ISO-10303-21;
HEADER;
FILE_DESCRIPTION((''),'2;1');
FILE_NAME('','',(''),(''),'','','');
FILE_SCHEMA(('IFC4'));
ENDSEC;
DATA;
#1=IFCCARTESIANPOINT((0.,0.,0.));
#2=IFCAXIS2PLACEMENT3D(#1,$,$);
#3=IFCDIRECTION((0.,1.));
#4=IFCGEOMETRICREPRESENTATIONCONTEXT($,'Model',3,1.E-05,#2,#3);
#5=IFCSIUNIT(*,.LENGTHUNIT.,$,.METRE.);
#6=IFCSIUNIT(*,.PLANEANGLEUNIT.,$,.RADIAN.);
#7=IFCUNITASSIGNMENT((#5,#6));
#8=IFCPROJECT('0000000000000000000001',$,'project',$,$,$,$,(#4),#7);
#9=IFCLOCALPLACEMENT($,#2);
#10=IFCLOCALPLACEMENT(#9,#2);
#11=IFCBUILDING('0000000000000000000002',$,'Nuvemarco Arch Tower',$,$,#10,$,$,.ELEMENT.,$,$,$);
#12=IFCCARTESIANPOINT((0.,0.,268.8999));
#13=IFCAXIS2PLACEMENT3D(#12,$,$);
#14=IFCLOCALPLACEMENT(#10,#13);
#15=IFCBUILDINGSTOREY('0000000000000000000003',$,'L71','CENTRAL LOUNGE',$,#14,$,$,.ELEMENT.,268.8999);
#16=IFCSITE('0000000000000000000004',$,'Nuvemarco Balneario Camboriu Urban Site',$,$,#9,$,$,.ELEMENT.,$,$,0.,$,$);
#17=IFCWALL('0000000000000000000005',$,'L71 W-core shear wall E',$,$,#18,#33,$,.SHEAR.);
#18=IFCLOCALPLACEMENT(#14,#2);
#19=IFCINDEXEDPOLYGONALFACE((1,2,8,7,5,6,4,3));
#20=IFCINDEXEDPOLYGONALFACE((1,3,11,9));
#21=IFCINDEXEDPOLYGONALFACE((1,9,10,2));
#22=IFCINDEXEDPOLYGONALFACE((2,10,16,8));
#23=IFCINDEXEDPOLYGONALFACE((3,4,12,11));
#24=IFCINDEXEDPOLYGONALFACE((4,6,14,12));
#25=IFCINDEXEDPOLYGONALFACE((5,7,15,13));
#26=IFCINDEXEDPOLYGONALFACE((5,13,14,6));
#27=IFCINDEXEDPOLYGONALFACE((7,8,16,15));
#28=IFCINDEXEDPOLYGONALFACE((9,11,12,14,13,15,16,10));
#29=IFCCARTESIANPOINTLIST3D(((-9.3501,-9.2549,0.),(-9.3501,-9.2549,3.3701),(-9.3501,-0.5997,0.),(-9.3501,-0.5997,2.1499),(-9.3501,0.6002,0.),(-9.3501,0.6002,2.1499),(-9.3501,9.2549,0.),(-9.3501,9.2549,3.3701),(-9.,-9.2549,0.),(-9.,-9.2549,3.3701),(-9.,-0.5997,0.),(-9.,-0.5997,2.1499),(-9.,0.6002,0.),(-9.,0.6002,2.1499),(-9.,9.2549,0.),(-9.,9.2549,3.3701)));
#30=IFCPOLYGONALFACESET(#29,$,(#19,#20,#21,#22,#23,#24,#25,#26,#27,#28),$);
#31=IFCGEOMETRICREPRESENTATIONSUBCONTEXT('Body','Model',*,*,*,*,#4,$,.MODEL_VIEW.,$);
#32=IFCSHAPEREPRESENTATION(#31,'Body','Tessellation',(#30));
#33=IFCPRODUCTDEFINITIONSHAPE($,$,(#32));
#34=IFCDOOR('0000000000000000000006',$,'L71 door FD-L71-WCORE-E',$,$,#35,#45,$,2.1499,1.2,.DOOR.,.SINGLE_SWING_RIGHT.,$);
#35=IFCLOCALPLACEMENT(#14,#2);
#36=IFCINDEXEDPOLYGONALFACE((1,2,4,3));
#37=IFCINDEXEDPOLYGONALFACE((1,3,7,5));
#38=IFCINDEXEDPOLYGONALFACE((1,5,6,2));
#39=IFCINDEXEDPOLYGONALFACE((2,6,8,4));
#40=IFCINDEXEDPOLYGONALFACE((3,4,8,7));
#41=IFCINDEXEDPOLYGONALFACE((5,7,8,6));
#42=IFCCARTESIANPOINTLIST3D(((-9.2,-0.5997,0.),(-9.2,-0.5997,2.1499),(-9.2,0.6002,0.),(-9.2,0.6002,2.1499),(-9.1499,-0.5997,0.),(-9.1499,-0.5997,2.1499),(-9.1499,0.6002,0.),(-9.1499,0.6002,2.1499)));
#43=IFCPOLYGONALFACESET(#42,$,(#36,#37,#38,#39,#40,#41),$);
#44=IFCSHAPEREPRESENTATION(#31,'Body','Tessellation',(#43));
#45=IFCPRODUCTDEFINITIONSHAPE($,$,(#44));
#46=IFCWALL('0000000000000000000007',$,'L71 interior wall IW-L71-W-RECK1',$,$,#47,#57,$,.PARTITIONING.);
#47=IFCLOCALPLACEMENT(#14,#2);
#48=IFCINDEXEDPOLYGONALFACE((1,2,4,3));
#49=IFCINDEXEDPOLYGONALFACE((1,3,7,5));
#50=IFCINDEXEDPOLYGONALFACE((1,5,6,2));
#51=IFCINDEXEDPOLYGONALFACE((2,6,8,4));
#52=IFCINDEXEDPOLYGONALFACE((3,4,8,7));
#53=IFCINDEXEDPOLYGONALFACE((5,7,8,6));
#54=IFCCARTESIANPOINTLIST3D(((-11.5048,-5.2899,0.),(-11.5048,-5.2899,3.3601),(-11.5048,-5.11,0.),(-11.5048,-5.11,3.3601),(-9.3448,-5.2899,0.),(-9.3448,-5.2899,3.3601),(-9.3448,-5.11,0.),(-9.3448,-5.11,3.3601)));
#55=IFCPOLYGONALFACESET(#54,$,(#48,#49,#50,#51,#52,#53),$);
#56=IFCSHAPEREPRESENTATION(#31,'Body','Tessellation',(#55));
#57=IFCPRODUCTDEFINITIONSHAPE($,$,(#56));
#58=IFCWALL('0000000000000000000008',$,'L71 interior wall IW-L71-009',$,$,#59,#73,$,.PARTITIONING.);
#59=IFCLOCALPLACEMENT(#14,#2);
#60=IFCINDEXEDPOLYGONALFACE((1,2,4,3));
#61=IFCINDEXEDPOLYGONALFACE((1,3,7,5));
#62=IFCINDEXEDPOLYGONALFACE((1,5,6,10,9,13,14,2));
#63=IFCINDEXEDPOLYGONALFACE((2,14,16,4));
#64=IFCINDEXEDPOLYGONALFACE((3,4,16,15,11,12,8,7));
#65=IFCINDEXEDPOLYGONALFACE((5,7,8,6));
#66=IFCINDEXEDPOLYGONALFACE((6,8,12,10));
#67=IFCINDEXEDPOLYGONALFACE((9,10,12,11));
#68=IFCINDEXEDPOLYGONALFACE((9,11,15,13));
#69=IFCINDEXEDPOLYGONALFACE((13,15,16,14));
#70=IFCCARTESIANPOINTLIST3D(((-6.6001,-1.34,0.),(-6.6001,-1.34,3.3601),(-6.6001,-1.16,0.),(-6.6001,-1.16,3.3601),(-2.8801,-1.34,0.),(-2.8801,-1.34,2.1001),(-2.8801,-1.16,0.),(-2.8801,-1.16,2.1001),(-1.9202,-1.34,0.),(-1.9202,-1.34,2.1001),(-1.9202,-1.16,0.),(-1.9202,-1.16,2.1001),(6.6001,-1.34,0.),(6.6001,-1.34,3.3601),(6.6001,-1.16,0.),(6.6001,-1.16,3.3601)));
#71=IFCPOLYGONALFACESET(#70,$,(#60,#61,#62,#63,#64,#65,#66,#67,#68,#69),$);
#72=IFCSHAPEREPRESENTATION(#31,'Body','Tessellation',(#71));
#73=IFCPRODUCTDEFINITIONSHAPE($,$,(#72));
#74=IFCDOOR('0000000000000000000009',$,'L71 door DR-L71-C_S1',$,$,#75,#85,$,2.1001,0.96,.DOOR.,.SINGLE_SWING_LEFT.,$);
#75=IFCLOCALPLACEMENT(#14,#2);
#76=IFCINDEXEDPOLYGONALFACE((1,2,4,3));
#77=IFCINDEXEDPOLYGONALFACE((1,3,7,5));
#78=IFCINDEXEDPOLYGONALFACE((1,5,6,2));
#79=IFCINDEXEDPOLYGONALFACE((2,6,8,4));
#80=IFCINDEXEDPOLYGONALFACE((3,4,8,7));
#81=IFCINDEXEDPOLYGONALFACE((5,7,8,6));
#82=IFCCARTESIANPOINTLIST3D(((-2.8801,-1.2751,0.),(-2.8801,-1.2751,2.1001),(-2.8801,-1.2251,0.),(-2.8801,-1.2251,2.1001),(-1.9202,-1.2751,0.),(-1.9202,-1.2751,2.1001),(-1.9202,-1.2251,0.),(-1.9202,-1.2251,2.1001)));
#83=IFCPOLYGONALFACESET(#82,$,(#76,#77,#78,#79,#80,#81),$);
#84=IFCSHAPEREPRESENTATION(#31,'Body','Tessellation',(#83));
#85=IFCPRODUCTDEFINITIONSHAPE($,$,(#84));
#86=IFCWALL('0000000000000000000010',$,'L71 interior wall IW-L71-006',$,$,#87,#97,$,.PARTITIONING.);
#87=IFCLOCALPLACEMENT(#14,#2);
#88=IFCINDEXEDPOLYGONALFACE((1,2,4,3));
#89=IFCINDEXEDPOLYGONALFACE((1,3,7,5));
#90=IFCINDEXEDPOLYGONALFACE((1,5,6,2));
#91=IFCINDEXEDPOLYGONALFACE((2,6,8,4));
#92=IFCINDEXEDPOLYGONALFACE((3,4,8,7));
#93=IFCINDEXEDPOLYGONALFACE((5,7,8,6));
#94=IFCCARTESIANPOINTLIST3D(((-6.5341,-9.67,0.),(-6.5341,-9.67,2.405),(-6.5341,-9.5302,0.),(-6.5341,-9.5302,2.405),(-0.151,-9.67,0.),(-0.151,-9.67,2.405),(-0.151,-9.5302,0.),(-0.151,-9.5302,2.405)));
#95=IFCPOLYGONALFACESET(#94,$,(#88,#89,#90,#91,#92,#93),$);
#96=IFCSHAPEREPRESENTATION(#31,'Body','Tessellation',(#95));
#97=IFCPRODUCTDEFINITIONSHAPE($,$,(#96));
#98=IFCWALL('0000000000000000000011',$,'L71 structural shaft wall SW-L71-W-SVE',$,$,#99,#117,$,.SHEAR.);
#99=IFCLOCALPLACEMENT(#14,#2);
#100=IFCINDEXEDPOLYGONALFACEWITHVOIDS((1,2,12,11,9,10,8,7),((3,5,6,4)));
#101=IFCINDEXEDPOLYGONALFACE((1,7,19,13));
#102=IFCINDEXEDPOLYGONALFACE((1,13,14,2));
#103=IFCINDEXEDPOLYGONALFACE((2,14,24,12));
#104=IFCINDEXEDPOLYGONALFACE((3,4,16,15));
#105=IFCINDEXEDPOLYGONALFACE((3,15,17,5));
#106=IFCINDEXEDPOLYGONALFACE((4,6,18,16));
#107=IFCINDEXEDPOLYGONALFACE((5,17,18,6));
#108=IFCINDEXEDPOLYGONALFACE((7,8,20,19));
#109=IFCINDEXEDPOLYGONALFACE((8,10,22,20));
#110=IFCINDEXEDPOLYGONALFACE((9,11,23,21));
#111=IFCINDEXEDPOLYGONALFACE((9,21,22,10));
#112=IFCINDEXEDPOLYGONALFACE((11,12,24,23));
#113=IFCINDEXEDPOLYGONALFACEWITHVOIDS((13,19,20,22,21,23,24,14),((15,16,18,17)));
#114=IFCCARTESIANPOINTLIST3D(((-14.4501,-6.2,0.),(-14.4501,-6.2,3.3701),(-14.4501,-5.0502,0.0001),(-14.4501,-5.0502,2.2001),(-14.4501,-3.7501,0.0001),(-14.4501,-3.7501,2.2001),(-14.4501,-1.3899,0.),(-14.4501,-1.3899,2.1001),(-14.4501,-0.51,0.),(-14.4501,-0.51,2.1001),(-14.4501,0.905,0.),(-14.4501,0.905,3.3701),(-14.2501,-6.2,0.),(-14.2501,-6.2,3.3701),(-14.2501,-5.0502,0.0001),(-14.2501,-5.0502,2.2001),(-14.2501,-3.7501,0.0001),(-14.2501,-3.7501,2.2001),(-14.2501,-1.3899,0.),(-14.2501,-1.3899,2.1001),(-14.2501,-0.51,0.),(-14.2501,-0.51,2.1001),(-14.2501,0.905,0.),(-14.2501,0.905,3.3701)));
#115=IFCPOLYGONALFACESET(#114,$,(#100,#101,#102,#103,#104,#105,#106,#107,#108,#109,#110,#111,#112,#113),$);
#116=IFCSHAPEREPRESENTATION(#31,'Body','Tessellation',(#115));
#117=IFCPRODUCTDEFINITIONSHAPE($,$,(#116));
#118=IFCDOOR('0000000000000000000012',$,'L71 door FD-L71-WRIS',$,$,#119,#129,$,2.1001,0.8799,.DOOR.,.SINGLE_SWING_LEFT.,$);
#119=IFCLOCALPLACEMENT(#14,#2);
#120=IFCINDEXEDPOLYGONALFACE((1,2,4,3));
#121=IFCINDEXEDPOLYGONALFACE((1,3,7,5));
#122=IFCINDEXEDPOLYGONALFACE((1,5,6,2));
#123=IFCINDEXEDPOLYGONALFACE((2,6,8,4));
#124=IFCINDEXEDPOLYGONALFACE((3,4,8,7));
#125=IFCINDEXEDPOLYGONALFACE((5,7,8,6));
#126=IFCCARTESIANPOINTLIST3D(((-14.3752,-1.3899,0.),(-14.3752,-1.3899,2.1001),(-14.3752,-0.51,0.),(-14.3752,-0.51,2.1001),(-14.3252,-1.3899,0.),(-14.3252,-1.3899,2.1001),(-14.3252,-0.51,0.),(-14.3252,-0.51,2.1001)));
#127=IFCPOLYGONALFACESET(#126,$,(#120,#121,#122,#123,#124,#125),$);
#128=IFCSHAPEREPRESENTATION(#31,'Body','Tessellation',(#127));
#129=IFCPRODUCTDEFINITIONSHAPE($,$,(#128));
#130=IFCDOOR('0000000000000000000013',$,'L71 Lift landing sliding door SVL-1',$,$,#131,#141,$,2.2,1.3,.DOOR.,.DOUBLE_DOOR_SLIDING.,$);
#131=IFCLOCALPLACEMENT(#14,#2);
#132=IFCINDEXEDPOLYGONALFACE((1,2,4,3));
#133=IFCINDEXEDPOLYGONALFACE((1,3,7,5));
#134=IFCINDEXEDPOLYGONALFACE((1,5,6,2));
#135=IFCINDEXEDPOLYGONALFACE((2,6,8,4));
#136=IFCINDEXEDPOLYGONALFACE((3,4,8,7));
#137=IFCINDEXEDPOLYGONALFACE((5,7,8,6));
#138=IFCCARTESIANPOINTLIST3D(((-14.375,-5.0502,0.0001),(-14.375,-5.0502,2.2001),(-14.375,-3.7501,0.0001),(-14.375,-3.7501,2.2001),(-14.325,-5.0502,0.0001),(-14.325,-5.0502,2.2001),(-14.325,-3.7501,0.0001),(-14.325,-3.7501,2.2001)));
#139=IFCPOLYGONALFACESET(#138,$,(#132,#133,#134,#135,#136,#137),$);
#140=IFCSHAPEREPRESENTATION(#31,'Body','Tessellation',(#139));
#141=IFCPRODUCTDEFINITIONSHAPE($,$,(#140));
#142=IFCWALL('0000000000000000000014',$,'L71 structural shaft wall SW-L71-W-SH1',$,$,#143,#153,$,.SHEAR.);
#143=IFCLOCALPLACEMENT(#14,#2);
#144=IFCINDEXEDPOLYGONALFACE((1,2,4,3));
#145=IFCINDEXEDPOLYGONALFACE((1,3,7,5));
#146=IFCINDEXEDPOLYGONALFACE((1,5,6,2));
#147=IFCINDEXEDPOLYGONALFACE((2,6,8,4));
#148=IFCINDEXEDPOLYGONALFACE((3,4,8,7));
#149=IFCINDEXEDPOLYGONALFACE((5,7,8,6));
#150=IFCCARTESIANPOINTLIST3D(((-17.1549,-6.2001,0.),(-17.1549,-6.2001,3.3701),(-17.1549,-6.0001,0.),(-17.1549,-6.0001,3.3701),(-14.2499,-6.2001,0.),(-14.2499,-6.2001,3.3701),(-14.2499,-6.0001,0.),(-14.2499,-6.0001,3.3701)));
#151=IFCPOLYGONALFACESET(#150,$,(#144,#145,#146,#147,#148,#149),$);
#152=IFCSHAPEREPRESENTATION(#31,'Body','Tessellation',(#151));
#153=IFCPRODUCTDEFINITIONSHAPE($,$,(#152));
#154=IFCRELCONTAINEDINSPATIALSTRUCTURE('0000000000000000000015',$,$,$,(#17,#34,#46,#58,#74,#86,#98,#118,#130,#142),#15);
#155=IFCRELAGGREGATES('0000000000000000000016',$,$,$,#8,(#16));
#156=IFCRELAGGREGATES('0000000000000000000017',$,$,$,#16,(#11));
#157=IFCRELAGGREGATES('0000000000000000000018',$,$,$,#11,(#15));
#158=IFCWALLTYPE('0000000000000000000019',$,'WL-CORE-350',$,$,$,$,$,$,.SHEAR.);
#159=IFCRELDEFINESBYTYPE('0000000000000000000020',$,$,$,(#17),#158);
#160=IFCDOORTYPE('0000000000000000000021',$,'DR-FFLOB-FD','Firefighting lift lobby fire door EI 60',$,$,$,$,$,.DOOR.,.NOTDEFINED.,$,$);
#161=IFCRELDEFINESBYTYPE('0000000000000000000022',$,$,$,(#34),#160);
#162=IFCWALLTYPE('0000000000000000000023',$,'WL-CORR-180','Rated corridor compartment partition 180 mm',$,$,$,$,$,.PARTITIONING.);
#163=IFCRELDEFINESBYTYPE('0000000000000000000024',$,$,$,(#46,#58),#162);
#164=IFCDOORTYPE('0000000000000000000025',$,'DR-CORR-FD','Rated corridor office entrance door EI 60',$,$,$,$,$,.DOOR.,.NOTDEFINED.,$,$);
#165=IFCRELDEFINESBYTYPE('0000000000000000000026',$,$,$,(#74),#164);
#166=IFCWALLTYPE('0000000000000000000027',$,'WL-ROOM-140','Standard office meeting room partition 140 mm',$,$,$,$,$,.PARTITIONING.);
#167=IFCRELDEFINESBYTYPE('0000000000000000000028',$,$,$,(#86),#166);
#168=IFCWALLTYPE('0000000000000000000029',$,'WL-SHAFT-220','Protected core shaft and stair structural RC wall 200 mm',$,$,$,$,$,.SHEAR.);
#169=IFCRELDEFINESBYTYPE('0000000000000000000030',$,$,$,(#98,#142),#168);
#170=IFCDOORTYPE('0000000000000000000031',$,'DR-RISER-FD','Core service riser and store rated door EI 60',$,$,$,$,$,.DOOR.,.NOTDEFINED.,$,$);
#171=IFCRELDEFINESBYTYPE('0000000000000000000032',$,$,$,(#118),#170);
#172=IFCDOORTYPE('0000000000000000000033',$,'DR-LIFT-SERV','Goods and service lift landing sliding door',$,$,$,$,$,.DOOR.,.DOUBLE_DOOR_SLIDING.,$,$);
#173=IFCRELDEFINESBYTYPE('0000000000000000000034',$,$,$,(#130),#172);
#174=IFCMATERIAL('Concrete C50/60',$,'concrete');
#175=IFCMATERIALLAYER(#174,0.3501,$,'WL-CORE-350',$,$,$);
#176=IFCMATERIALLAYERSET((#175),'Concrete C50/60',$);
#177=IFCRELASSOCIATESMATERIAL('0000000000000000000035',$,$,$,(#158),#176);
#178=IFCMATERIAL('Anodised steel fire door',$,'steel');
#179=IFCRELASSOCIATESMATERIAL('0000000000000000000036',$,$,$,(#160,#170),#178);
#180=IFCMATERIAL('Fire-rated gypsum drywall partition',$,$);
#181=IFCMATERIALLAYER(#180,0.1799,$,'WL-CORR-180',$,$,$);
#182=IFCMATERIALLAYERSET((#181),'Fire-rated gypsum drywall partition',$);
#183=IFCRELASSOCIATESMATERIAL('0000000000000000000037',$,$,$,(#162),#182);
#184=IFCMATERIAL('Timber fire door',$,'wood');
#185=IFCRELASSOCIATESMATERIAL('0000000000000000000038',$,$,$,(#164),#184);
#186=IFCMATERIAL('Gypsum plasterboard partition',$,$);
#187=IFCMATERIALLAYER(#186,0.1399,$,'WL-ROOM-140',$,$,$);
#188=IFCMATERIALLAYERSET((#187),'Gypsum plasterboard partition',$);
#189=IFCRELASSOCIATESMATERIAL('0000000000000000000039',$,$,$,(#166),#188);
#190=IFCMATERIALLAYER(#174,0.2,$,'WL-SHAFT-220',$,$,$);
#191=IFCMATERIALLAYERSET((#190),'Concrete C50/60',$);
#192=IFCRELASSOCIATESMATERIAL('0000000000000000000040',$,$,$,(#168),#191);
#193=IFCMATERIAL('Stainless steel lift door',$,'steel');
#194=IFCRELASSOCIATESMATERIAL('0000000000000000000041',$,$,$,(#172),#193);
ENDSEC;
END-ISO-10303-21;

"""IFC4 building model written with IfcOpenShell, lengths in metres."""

from ifc_helpers import new_model, si_unit, direction, frame, frame_2d, origin, place, context, subcontext, project, spatial, rectangle, extrude, source, transform, mapped, material, layer, layer_set, type_object, type_shapes, element, fill, save


model = new_model("IFC4")

# Units and contexts
model_context = context("Model", 3, precision=1e-05, world=origin(), true_north=direction((0.0, 1.0)))
body_context = subcontext(model_context, "Body", "Model", "MODEL_VIEW")
ifc_project = project(units=[si_unit("LENGTHUNIT", "METRE"), si_unit("PLANEANGLEUNIT", "RADIAN")], contexts=[model_context])

# Site, building, storey
site_placement = place(None, origin())
site = spatial("IfcSite", under=ifc_project, at=site_placement, Name="Nuvemarco Balneario Camboriu Urban Site", CompositionType="ELEMENT", RefElevation=0.0)
building_placement = place(site_placement, origin())
building = spatial("IfcBuilding", under=site, at=building_placement, Name="Nuvemarco Arch Tower", CompositionType="ELEMENT")
storey_placement = place(building_placement, frame((0.0, 0.0, 268.8999)))
storey = spatial("IfcBuildingStorey", under=building, at=storey_placement, Name="L71", Description="CENTRAL LOUNGE", CompositionType="ELEMENT", Elevation=268.8999)

# Shared definitions
ifc_material_1 = material(Name="Concrete C50/60", Category="concrete")

# Wall, opening, door
ifc_layer_1 = layer(ifc_material_1, 0.3501, Name="WL-CORE-350")
ifc_layer_set_1 = layer_set([ifc_layer_1], Name="Concrete C50/60")
wall_type_1 = type_object("IfcWallType", Name="WL-CORE-350", PredefinedType="SHEAR", material=ifc_layer_set_1)
wall_1_placement = place(storey_placement, frame((-9.175, -9.2549, 0.0), z_axis=(0.0, 0.0, 1.0), x_axis=(0.0, 1.0, 0.0)))
wall_1 = element("IfcWall", 1, at=wall_1_placement, inside=storey, type_object=wall_type_1, Name="L71 W-core shear wall E", PredefinedType="SHEAR", context=body_context, shape_type="SweptSolid", body=[
    extrude(rectangle(XDim=18.5098, YDim=0.3501, at=frame_2d((9.2549, 0.0))), origin(), (0.0, 0.0, 1.0), 3.3701),
])
opening_1_placement = place(wall_1_placement, frame((8.655, 0.0, 0.0)))
opening_1 = element("IfcOpeningElement", 2, at=opening_1_placement, cuts=wall_1, PredefinedType="OPENING", context=body_context, shape_type="SweptSolid", body=[
    extrude(rectangle(XDim=1.2, YDim=2.1499, at=frame_2d((0.6001, 1.075))), frame((0.0, 0.1851, 0.0), z_axis=(0.0, -1.0, 0.0), x_axis=(1.0, 0.0, 0.0)), (0.0, 0.0, 1.0), 0.3701),
])
ifc_material_2 = material(Name="Anodised steel fire door", Category="steel")
door_type_1 = type_object("IfcDoorType", Name="DR-FFLOB-FD", Description="Firefighting lift lobby fire door EI 60", OperationType="NOTDEFINED", PredefinedType="DOOR", material=ifc_material_2)
shared_shape_1 = source(origin(), body_context, "Body", "SweptSolid", [
    extrude(rectangle(XDim=1.2, YDim=2.1499, at=frame_2d((0.6001, 1.075))), frame((0.0, 0.0249, 0.0), z_axis=(0.0, -1.0, 0.0), x_axis=(1.0, 0.0, 0.0)), (0.0, 0.0, 1.0), 0.05),
])
type_shapes(door_type_1, [shared_shape_1])
door_1_placement = place(opening_1_placement, origin())
door_1 = element("IfcDoor", 3, at=door_1_placement, inside=storey, type_object=door_type_1, Name="L71 door FD-L71-WCORE-E", OperationType="SINGLE_SWING_RIGHT", OverallHeight=2.1499, OverallWidth=1.2, PredefinedType="DOOR", context=body_context, shape_type="MappedRepresentation", body=[
    mapped(shared_shape_1, transform((0.0, 0.0, 0.0), scale=1.0)),
])
fill(opening_1, door_1)

# Wall
ifc_material_3 = material(Name="Fire-rated gypsum drywall partition")
ifc_layer_2 = layer(ifc_material_3, 0.1799, Name="WL-CORR-180")
ifc_layer_set_2 = layer_set([ifc_layer_2], Name="Fire-rated gypsum drywall partition")
wall_type_2 = type_object("IfcWallType", Name="WL-CORR-180", Description="Rated corridor compartment partition 180 mm", PredefinedType="PARTITIONING", material=ifc_layer_set_2)
wall_2_placement = place(storey_placement, frame((-11.5049, -5.2, 0.0), z_axis=(0.0, 0.0, 1.0), x_axis=(1.0, 0.0, 0.0)))
element("IfcWall", 4, at=wall_2_placement, inside=storey, type_object=wall_type_2, Name="L71 interior wall IW-L71-W-RECK1", PredefinedType="PARTITIONING", context=body_context, shape_type="SweptSolid", body=[
    extrude(rectangle(XDim=2.1599, YDim=0.1799, at=frame_2d((1.0801, 0.0))), origin(), (0.0, 0.0, 1.0), 3.3601),
])

# Wall, opening, door
wall_3_placement = place(storey_placement, frame((-6.6001, -1.25, 0.0), z_axis=(0.0, 0.0, 1.0), x_axis=(1.0, 0.0, 0.0)))
wall_3 = element("IfcWall", 5, at=wall_3_placement, inside=storey, type_object=wall_type_2, Name="L71 interior wall IW-L71-009", PredefinedType="PARTITIONING", context=body_context, shape_type="SweptSolid", body=[
    extrude(rectangle(XDim=13.2002, YDim=0.1799, at=frame_2d((6.6001, 0.0))), origin(), (0.0, 0.0, 1.0), 3.3601),
])
opening_2_placement = place(wall_3_placement, frame((3.72, 0.0, 0.0)))
opening_2 = element("IfcOpeningElement", 6, at=opening_2_placement, cuts=wall_3, PredefinedType="OPENING", context=body_context, shape_type="SweptSolid", body=[
    extrude(rectangle(XDim=0.96, YDim=2.1001, at=frame_2d((0.48, 1.05))), frame((0.0, 0.0999, 0.0), z_axis=(0.0, -1.0, 0.0), x_axis=(1.0, 0.0, 0.0)), (0.0, 0.0, 1.0), 0.2),
])
ifc_material_4 = material(Name="Timber fire door", Category="wood")
door_type_2 = type_object("IfcDoorType", Name="DR-CORR-FD", Description="Rated corridor office entrance door EI 60", OperationType="NOTDEFINED", PredefinedType="DOOR", material=ifc_material_4)
shared_shape_2 = source(origin(), body_context, "Body", "SweptSolid", [
    extrude(rectangle(XDim=0.96, YDim=2.1001, at=frame_2d((0.48, 1.05))), frame((0.0, 0.0249, 0.0), z_axis=(0.0, -1.0, 0.0), x_axis=(1.0, 0.0, 0.0)), (0.0, 0.0, 1.0), 0.05),
])
type_shapes(door_type_2, [shared_shape_2])
door_2_placement = place(opening_2_placement, origin())
door_2 = element("IfcDoor", 7, at=door_2_placement, inside=storey, type_object=door_type_2, Name="L71 door DR-L71-C_S1", OperationType="SINGLE_SWING_LEFT", OverallHeight=2.1001, OverallWidth=0.96, PredefinedType="DOOR", context=body_context, shape_type="MappedRepresentation", body=[
    mapped(shared_shape_2, transform((0.0, 0.0, 0.0), scale=1.0)),
])
fill(opening_2, door_2)

# Wall
ifc_material_5 = material(Name="Gypsum plasterboard partition")
ifc_layer_3 = layer(ifc_material_5, 0.1399, Name="WL-ROOM-140")
ifc_layer_set_3 = layer_set([ifc_layer_3], Name="Gypsum plasterboard partition")
wall_type_3 = type_object("IfcWallType", Name="WL-ROOM-140", Description="Standard office meeting room partition 140 mm", PredefinedType="PARTITIONING", material=ifc_layer_set_3)
wall_4_placement = place(storey_placement, frame((-6.5339, -9.6001, 0.0), z_axis=(0.0, 0.0, 1.0), x_axis=(1.0, 0.0, 0.0)))
element("IfcWall", 8, at=wall_4_placement, inside=storey, type_object=wall_type_3, Name="L71 interior wall IW-L71-006", PredefinedType="PARTITIONING", context=body_context, shape_type="SweptSolid", body=[
    extrude(rectangle(XDim=6.3831, YDim=0.1399, at=frame_2d((3.1914, 0.0))), origin(), (0.0, 0.0, 1.0), 2.405),
])

# Shared definitions
ifc_layer_4 = layer(ifc_material_1, 0.2, Name="WL-SHAFT-220")
ifc_layer_set_4 = layer_set([ifc_layer_4], Name="Concrete C50/60")
wall_type_4 = type_object("IfcWallType", Name="WL-SHAFT-220", Description="Protected core shaft and stair structural RC wall 200 mm", PredefinedType="SHEAR", material=ifc_layer_set_4)
ifc_material_6 = material(Name="Stainless steel lift door", Category="steel")

# Wall, openings, doors
wall_5_placement = place(storey_placement, frame((-14.3501, -6.2, 0.0), z_axis=(0.0, 0.0, 1.0), x_axis=(0.0, 1.0, 0.0)))
wall_5 = element("IfcWall", 9, at=wall_5_placement, inside=storey, type_object=wall_type_4, Name="L71 structural shaft wall SW-L71-W-SVE", PredefinedType="SHEAR", context=body_context, shape_type="SweptSolid", body=[
    extrude(rectangle(XDim=7.105, YDim=0.2, at=frame_2d((3.5525, 0.0))), origin(), (0.0, 0.0, 1.0), 3.3701),
])
opening_3_placement = place(wall_5_placement, frame((5.6899, 0.0, 0.0), z_axis=(0.0, 0.0, 1.0), x_axis=(-1.0, 0.0, 0.0)))
opening_3 = element("IfcOpeningElement", 10, at=opening_3_placement, cuts=wall_5, PredefinedType="OPENING", context=body_context, shape_type="SweptSolid", body=[
    extrude(rectangle(XDim=0.8799, YDim=2.1001, at=frame_2d((0.4399, 1.05))), frame((0.0, 0.1099, 0.0), z_axis=(0.0, -1.0, 0.0), x_axis=(1.0, 0.0, 0.0)), (0.0, 0.0, 1.0), 0.22),
])
opening_4_placement = place(wall_5_placement, frame((1.1499, 0.0, 0.0)))
opening_4 = element("IfcOpeningElement", 11, at=opening_4_placement, cuts=wall_5, PredefinedType="OPENING", context=body_context, shape_type="SweptSolid", body=[
    extrude(rectangle(XDim=1.3, YDim=2.2, at=frame_2d((0.6499, 1.1001))), frame((0.0, 0.1099, 0.0), z_axis=(0.0, -1.0, 0.0), x_axis=(1.0, 0.0, 0.0)), (0.0, 0.0, 1.0), 0.22),
])
door_type_3 = type_object("IfcDoorType", Name="DR-RISER-FD", Description="Core service riser and store rated door EI 60", OperationType="NOTDEFINED", PredefinedType="DOOR", material=ifc_material_2)
shared_shape_3 = source(origin(), body_context, "Body", "SweptSolid", [
    extrude(rectangle(XDim=0.8799, YDim=2.1001, at=frame_2d((0.4399, 1.05))), frame((0.0, 0.0249, 0.0), z_axis=(0.0, -1.0, 0.0), x_axis=(1.0, 0.0, 0.0)), (0.0, 0.0, 1.0), 0.05),
])
type_shapes(door_type_3, [shared_shape_3])
door_3_placement = place(opening_3_placement, origin())
door_3 = element("IfcDoor", 12, at=door_3_placement, inside=storey, type_object=door_type_3, Name="L71 door FD-L71-WRIS", OperationType="SINGLE_SWING_LEFT", OverallHeight=2.1001, OverallWidth=0.8799, PredefinedType="DOOR", context=body_context, shape_type="MappedRepresentation", body=[
    mapped(shared_shape_3, transform((0.0, 0.0, 0.0), scale=1.0)),
])
fill(opening_3, door_3)
door_type_4 = type_object("IfcDoorType", Name="DR-LIFT-SERV", Description="Goods and service lift landing sliding door", OperationType="DOUBLE_DOOR_SLIDING", PredefinedType="DOOR", material=ifc_material_6)
shared_shape_4 = source(origin(), body_context, "Body", "SweptSolid", [
    extrude(rectangle(XDim=1.3, YDim=2.2, at=frame_2d((0.6499, 1.1001))), frame((0.0, 0.0249, 0.0), z_axis=(0.0, -1.0, 0.0), x_axis=(1.0, 0.0, 0.0)), (0.0, 0.0, 1.0), 0.05),
])
type_shapes(door_type_4, [shared_shape_4])
door_4_placement = place(opening_4_placement, origin())
door_4 = element("IfcDoor", 13, at=door_4_placement, inside=storey, type_object=door_type_4, Name="L71 Lift landing sliding door SVL-1", OperationType="DOUBLE_DOOR_SLIDING", OverallHeight=2.2, OverallWidth=1.3, PredefinedType="DOOR", context=body_context, shape_type="MappedRepresentation", body=[
    mapped(shared_shape_4, transform((0.0, 0.0, 0.0), scale=1.0)),
])
fill(opening_4, door_4)

# Wall
wall_6_placement = place(storey_placement, frame((-17.155, -6.1001, 0.0), z_axis=(0.0, 0.0, 1.0), x_axis=(1.0, 0.0, 0.0)))
element("IfcWall", 14, at=wall_6_placement, inside=storey, type_object=wall_type_4, Name="L71 structural shaft wall SW-L71-W-SH1", PredefinedType="SHEAR", context=body_context, shape_type="SweptSolid", body=[
    extrude(rectangle(XDim=2.905, YDim=0.2, at=frame_2d((1.4526, 0.0))), origin(), (0.0, 0.0, 1.0), 3.3701),
])

save(model, "model.ifc")
